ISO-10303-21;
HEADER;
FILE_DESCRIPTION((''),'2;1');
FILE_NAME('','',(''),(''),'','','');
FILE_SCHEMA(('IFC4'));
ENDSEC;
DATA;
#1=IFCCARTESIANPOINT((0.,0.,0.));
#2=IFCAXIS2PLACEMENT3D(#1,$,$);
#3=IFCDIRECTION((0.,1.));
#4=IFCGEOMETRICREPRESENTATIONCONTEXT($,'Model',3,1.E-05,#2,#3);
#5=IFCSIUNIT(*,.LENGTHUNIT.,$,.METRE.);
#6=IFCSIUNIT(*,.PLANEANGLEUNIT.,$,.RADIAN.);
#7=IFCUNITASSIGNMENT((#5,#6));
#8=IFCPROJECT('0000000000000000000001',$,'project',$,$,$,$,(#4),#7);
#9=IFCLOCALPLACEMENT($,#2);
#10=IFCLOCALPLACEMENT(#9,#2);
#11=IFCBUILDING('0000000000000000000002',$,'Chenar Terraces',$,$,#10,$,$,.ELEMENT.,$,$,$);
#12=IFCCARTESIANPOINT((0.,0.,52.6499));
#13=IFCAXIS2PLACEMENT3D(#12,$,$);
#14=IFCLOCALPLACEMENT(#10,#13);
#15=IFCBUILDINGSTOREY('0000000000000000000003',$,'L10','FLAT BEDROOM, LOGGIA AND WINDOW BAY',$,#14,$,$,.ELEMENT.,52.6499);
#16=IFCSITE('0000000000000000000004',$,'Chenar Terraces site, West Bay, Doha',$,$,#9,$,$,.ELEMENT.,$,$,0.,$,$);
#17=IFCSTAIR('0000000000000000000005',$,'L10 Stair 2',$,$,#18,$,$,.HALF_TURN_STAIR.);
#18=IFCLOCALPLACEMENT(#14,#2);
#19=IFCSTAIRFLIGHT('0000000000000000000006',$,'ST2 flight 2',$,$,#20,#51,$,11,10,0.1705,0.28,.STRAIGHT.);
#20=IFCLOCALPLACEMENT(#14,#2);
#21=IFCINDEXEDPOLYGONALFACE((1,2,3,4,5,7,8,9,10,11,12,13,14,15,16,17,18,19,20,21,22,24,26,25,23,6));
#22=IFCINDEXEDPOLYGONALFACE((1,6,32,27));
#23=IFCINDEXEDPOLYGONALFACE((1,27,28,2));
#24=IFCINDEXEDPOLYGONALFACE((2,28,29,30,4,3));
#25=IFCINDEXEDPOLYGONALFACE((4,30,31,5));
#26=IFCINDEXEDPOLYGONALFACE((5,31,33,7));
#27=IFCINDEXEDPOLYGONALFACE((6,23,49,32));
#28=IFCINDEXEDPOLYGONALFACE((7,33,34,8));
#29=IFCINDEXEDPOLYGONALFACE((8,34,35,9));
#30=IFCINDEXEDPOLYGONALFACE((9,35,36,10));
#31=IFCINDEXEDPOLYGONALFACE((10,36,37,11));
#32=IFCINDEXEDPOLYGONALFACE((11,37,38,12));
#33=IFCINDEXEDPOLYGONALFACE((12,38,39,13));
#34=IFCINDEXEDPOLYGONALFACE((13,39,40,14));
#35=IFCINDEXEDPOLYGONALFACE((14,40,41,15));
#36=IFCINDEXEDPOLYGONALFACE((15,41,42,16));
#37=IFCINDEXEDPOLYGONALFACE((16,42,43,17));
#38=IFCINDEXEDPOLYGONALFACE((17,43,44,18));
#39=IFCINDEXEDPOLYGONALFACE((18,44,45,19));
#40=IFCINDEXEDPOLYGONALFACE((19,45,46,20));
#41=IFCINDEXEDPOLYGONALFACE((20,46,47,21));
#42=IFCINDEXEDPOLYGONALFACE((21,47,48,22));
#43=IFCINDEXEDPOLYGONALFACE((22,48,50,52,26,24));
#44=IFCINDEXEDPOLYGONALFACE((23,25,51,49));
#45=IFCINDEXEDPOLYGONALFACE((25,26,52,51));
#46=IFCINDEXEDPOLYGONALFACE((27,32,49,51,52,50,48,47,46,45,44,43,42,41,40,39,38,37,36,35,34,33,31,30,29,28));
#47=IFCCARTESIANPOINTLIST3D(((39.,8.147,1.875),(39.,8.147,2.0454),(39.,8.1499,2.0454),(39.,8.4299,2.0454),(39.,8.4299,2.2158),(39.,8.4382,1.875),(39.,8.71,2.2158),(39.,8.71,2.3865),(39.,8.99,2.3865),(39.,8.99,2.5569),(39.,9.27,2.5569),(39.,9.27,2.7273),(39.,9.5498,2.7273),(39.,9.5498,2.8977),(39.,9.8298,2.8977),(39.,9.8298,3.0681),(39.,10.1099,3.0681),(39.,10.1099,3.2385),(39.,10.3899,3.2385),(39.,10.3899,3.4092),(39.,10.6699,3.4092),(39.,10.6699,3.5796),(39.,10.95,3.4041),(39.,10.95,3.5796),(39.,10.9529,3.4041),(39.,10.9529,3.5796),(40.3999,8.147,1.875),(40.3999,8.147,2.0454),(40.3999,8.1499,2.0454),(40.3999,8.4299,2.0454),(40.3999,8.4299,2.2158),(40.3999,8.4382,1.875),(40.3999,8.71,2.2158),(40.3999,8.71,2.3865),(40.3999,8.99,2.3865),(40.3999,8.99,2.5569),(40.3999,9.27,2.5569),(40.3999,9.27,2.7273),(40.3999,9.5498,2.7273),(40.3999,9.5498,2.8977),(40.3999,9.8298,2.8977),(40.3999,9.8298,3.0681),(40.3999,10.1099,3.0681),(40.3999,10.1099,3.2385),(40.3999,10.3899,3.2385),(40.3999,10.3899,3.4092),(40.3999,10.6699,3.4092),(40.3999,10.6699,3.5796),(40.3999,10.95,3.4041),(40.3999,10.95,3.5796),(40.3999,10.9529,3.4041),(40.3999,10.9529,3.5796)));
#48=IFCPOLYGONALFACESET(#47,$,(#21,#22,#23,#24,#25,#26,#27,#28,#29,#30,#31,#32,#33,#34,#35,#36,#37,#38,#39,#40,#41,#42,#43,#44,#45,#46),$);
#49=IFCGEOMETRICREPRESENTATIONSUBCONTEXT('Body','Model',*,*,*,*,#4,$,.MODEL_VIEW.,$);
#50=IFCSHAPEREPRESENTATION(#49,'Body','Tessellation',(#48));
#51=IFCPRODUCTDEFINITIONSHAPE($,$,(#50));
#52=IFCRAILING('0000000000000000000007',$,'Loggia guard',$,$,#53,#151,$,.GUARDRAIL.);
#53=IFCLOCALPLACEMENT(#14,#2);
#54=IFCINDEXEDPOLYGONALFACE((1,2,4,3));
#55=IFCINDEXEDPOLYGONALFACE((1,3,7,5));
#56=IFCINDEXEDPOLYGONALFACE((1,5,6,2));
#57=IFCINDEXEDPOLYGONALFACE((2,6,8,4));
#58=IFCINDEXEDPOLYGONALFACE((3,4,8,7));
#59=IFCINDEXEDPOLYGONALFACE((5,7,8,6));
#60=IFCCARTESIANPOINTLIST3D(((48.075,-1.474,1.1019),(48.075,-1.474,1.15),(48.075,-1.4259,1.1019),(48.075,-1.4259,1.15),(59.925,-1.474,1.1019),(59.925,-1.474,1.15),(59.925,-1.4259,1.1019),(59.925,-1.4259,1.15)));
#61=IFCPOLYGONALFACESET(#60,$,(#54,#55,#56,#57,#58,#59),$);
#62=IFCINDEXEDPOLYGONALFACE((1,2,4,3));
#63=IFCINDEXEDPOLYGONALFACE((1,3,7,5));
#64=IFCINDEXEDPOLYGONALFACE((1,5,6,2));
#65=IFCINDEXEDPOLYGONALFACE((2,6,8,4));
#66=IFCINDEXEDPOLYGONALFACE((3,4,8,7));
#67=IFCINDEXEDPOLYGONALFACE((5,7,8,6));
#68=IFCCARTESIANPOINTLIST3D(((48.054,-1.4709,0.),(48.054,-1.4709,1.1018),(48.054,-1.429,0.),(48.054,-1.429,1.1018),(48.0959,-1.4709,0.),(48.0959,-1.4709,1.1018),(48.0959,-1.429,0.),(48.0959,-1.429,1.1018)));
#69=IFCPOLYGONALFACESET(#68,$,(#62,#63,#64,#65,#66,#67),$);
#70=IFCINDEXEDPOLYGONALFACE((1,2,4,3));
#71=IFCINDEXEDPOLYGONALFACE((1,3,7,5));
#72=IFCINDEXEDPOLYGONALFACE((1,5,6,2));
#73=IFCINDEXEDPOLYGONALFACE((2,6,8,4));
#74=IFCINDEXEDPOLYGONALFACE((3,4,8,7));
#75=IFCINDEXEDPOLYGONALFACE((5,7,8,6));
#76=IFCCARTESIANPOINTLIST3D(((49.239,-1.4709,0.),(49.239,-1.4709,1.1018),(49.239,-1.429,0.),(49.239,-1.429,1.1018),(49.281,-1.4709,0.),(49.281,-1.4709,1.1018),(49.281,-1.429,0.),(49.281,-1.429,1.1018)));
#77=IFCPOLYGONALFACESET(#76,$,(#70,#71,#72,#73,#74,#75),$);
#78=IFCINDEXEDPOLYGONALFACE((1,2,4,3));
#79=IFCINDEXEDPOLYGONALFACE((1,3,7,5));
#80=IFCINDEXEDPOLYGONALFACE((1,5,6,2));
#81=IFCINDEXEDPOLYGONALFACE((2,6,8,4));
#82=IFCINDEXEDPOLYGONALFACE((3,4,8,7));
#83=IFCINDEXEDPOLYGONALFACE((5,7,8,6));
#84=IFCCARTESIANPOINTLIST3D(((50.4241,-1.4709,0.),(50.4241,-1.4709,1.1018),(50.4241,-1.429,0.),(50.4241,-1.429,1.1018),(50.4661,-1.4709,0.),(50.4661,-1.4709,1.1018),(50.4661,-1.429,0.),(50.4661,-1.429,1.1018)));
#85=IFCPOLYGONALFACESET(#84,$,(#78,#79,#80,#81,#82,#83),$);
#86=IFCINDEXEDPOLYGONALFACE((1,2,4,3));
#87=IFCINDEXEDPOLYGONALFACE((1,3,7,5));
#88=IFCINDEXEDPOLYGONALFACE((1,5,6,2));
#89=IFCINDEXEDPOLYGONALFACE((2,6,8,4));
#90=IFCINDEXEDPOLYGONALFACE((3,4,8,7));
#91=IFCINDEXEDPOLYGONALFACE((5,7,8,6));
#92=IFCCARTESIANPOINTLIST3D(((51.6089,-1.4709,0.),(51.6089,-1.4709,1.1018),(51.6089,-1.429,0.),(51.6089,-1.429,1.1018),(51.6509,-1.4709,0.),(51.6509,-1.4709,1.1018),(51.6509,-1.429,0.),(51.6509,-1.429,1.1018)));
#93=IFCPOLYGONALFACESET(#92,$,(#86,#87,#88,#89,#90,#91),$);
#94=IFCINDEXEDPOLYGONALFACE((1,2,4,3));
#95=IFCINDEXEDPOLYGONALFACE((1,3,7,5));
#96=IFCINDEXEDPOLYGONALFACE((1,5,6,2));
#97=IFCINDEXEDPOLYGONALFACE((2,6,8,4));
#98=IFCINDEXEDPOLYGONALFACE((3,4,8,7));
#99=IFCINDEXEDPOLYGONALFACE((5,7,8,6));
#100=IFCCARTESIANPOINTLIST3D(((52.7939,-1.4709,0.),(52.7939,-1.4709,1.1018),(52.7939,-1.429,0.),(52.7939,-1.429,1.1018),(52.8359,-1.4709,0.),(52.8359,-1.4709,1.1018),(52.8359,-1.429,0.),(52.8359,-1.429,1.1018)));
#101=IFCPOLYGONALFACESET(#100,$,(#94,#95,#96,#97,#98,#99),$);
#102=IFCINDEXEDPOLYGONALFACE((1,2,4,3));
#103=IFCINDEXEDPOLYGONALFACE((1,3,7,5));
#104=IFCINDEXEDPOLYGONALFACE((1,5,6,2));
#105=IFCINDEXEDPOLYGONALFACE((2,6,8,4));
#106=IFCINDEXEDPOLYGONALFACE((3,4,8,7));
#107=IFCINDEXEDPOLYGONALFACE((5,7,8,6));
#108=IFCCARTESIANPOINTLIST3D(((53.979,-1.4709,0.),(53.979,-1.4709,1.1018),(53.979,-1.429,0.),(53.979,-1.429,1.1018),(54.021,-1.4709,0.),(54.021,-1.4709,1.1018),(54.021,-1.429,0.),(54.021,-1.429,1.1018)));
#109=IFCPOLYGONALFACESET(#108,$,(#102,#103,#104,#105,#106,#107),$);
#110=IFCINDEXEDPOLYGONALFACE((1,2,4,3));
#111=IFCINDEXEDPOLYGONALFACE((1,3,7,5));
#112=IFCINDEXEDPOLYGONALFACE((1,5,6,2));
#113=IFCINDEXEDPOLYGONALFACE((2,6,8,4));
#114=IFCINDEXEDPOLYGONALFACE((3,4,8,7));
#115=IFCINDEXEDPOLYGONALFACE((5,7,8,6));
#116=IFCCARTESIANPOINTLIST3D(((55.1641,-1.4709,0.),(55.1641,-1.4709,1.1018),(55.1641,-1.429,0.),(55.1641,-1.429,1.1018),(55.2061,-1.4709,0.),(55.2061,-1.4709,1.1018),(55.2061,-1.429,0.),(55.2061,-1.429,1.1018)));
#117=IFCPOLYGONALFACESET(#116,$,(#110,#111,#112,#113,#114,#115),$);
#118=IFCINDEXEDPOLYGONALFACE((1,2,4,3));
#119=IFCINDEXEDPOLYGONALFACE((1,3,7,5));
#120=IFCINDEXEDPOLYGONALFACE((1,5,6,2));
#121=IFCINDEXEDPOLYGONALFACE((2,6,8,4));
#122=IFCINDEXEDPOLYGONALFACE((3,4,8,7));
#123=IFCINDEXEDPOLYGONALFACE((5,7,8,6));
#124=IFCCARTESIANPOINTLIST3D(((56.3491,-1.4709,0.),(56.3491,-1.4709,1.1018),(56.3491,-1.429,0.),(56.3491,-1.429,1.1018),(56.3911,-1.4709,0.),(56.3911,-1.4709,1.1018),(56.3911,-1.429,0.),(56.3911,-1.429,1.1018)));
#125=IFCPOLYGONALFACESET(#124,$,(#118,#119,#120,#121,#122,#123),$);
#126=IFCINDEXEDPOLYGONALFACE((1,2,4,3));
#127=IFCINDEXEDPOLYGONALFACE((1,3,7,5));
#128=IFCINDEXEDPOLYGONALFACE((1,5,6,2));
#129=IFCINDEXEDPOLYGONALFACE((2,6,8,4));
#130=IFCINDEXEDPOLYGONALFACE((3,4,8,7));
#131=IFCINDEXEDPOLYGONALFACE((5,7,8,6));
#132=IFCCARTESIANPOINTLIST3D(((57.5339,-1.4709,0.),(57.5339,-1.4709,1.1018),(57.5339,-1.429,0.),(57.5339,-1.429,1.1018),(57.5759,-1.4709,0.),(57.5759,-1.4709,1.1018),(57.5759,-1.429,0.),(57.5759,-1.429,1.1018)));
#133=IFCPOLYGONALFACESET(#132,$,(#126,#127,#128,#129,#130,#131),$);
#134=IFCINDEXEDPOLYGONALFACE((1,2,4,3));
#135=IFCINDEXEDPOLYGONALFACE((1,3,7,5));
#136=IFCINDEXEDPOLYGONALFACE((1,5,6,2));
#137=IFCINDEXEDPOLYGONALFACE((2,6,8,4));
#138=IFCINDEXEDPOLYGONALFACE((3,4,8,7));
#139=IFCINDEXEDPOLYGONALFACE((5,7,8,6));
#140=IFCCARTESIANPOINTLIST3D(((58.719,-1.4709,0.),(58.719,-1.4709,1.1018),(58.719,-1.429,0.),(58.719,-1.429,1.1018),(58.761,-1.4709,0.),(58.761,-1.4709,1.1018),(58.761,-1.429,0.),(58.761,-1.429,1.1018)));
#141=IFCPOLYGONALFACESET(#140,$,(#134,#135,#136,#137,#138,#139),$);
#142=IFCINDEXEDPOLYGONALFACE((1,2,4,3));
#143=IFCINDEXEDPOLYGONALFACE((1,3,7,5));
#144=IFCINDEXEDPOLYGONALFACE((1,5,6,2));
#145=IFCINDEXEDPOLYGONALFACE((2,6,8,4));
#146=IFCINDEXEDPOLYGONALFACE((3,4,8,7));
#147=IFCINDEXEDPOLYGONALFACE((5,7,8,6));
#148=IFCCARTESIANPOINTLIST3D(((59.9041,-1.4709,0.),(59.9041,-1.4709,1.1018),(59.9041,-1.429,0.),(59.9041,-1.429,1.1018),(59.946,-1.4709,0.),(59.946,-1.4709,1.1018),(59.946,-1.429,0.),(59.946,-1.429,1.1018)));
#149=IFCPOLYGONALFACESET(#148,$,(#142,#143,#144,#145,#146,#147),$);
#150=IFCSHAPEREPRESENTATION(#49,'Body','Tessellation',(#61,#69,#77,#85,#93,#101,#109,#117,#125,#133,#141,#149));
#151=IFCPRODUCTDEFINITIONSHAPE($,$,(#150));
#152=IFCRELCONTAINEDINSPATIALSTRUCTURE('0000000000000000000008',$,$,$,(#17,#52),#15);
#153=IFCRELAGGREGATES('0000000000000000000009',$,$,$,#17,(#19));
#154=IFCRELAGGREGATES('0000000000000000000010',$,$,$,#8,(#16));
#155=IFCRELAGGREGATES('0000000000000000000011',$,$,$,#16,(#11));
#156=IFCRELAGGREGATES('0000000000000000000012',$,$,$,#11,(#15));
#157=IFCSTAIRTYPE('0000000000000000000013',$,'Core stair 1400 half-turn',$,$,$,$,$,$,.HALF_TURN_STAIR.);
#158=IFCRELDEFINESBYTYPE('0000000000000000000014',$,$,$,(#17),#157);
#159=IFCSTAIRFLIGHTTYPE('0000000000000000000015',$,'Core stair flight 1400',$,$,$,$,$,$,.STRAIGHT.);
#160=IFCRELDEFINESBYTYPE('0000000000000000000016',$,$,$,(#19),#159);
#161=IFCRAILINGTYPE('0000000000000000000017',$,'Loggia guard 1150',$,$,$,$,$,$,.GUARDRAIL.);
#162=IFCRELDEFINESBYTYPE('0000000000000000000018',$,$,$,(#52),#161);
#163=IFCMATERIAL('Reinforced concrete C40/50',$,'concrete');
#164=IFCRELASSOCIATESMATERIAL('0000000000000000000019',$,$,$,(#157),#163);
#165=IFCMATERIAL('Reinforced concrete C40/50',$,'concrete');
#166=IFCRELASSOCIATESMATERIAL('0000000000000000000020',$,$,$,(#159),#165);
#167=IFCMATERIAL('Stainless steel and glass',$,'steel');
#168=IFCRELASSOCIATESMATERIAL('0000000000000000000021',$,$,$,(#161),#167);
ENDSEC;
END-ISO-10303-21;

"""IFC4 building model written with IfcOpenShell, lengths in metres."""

from ifc_helpers import new_model, si_unit, direction, frame, origin, origin_2d, place, context, subcontext, project, spatial, polyline, rectangle, outline, extrude, material, type_object, element, aggregate, save


model = new_model("IFC4")

# Units and contexts
model_context = context("Model", 3, precision=1e-05, world=origin(), true_north=direction((0.0, 1.0)))
body_context = subcontext(model_context, "Body", "Model", "MODEL_VIEW")
ifc_project = project(units=[si_unit("LENGTHUNIT", "METRE"), si_unit("PLANEANGLEUNIT", "RADIAN")], contexts=[model_context])

# Site, building, storey
site_placement = place(None, origin())
site = spatial("IfcSite", under=ifc_project, at=site_placement, Name="Chenar Terraces site, West Bay, Doha", CompositionType="ELEMENT", RefElevation=0.0)
building_placement = place(site_placement, origin())
building = spatial("IfcBuilding", under=site, at=building_placement, Name="Chenar Terraces", CompositionType="ELEMENT")
storey_placement = place(building_placement, frame((0.0, 0.0, 52.6499)))
storey = spatial("IfcBuildingStorey", under=building, at=storey_placement, Name="L10", Description="FLAT BEDROOM, LOGGIA AND WINDOW BAY", CompositionType="ELEMENT", Elevation=52.6499)

# Stair, stair flight
ifc_material_1 = material(Name="Reinforced concrete C40/50", Category="concrete")
stair_type = type_object("IfcStairType", Name="Core stair 1400 half-turn", PredefinedType="HALF_TURN_STAIR", material=ifc_material_1)
stair_placement = place(storey_placement, origin())
stair = element("IfcStair", 1, at=stair_placement, inside=storey, type_object=stair_type, Name="L10 Stair 2", PredefinedType="HALF_TURN_STAIR")
ifc_material_2 = material(Name="Reinforced concrete C40/50", Category="concrete")
stair_flight_type = type_object("IfcStairFlightType", Name="Core stair flight 1400", PredefinedType="STRAIGHT", material=ifc_material_2)
stair_flight_1_placement = place(storey_placement, frame((39.7, 8.1499, 1.875), z_axis=(0.0, 0.0, 1.0), x_axis=(0.0, 1.0, 0.0)))
stair_flight_1 = element("IfcStairFlight", 2, at=stair_flight_1_placement, type_object=stair_flight_type, Name="ST2 flight 2", NumberOfRisers=11, NumberOfTreads=10, PredefinedType="STRAIGHT", RiserHeight=0.1705, TreadLength=0.28, context=body_context, shape_type="SweptSolid", body=[
    extrude(outline(polyline([(-0.0029, 0.0), (-0.0029, 0.1704), (0.0, 0.1704), (0.28, 0.1704), (0.28, 0.3408), (0.5601, 0.3408), (0.5601, 0.5115), (0.8401, 0.5115), (0.8401, 0.6819), (1.1201, 0.6819), (1.1201, 0.8523), (1.3999, 0.8523), (1.3999, 1.0227), (1.6799, 1.0227), (1.6799, 1.1931), (1.96, 1.1931), (1.96, 1.3635), (2.24, 1.3635), (2.24, 1.5342), (2.52, 1.5342), (2.52, 1.7046), (2.8, 1.7046), (2.803, 1.7046), (2.803, 1.5291), (2.8, 1.5291), (0.2883, 0.0), (-0.0029, 0.0)])), frame((0.0, 0.7, 0.0), z_axis=(0.0, -1.0, 0.0), x_axis=(1.0, 0.0, 0.0)), (0.0, 0.0, 1.0), 1.3999),
])
aggregate(stair, [stair_flight_1])

# Railing
ifc_material_3 = material(Name="Stainless steel and glass", Category="steel")
railing_type_1 = type_object("IfcRailingType", Name="Loggia guard 1150", PredefinedType="GUARDRAIL", material=ifc_material_3)
railing_1_placement = place(storey_placement, frame((48.075, -1.45, 0.0)))
element("IfcRailing", 3, at=railing_1_placement, inside=storey, type_object=railing_type_1, Name="Loggia guard", PredefinedType="GUARDRAIL", context=body_context, shape_type="SweptSolid", body=[
    extrude(rectangle(XDim=0.0481, YDim=0.0481, at=origin_2d()), frame((0.0, 0.0, 1.126), z_axis=(1.0, 0.0, 0.0), x_axis=(0.0, 1.0, 0.0)), (0.0, 0.0, 1.0), 11.8501),
    extrude(rectangle(XDim=0.042, YDim=0.042, at=origin_2d()), origin(), (0.0, 0.0, 1.0), 1.1018),
    extrude(rectangle(XDim=0.042, YDim=0.042, at=origin_2d()), frame((1.1851, 0.0, 0.0)), (0.0, 0.0, 1.0), 1.1018),
    extrude(rectangle(XDim=0.042, YDim=0.042, at=origin_2d()), frame((2.3701, 0.0, 0.0)), (0.0, 0.0, 1.0), 1.1018),
    extrude(rectangle(XDim=0.042, YDim=0.042, at=origin_2d()), frame((3.5549, 0.0, 0.0)), (0.0, 0.0, 1.0), 1.1018),
    extrude(rectangle(XDim=0.042, YDim=0.042, at=origin_2d()), frame((4.74, 0.0, 0.0)), (0.0, 0.0, 1.0), 1.1018),
    extrude(rectangle(XDim=0.042, YDim=0.042, at=origin_2d()), frame((5.925, 0.0, 0.0)), (0.0, 0.0, 1.0), 1.1018),
    extrude(rectangle(XDim=0.042, YDim=0.042, at=origin_2d()), frame((7.1101, 0.0, 0.0)), (0.0, 0.0, 1.0), 1.1018),
    extrude(rectangle(XDim=0.042, YDim=0.042, at=origin_2d()), frame((8.2952, 0.0, 0.0)), (0.0, 0.0, 1.0), 1.1018),
    extrude(rectangle(XDim=0.042, YDim=0.042, at=origin_2d()), frame((9.48, 0.0, 0.0)), (0.0, 0.0, 1.0), 1.1018),
    extrude(rectangle(XDim=0.042, YDim=0.042, at=origin_2d()), frame((10.665, 0.0, 0.0)), (0.0, 0.0, 1.0), 1.1018),
    extrude(rectangle(XDim=0.042, YDim=0.042, at=origin_2d()), frame((11.8501, 0.0, 0.0)), (0.0, 0.0, 1.0), 1.1018),
])

save(model, "model.ifc")
